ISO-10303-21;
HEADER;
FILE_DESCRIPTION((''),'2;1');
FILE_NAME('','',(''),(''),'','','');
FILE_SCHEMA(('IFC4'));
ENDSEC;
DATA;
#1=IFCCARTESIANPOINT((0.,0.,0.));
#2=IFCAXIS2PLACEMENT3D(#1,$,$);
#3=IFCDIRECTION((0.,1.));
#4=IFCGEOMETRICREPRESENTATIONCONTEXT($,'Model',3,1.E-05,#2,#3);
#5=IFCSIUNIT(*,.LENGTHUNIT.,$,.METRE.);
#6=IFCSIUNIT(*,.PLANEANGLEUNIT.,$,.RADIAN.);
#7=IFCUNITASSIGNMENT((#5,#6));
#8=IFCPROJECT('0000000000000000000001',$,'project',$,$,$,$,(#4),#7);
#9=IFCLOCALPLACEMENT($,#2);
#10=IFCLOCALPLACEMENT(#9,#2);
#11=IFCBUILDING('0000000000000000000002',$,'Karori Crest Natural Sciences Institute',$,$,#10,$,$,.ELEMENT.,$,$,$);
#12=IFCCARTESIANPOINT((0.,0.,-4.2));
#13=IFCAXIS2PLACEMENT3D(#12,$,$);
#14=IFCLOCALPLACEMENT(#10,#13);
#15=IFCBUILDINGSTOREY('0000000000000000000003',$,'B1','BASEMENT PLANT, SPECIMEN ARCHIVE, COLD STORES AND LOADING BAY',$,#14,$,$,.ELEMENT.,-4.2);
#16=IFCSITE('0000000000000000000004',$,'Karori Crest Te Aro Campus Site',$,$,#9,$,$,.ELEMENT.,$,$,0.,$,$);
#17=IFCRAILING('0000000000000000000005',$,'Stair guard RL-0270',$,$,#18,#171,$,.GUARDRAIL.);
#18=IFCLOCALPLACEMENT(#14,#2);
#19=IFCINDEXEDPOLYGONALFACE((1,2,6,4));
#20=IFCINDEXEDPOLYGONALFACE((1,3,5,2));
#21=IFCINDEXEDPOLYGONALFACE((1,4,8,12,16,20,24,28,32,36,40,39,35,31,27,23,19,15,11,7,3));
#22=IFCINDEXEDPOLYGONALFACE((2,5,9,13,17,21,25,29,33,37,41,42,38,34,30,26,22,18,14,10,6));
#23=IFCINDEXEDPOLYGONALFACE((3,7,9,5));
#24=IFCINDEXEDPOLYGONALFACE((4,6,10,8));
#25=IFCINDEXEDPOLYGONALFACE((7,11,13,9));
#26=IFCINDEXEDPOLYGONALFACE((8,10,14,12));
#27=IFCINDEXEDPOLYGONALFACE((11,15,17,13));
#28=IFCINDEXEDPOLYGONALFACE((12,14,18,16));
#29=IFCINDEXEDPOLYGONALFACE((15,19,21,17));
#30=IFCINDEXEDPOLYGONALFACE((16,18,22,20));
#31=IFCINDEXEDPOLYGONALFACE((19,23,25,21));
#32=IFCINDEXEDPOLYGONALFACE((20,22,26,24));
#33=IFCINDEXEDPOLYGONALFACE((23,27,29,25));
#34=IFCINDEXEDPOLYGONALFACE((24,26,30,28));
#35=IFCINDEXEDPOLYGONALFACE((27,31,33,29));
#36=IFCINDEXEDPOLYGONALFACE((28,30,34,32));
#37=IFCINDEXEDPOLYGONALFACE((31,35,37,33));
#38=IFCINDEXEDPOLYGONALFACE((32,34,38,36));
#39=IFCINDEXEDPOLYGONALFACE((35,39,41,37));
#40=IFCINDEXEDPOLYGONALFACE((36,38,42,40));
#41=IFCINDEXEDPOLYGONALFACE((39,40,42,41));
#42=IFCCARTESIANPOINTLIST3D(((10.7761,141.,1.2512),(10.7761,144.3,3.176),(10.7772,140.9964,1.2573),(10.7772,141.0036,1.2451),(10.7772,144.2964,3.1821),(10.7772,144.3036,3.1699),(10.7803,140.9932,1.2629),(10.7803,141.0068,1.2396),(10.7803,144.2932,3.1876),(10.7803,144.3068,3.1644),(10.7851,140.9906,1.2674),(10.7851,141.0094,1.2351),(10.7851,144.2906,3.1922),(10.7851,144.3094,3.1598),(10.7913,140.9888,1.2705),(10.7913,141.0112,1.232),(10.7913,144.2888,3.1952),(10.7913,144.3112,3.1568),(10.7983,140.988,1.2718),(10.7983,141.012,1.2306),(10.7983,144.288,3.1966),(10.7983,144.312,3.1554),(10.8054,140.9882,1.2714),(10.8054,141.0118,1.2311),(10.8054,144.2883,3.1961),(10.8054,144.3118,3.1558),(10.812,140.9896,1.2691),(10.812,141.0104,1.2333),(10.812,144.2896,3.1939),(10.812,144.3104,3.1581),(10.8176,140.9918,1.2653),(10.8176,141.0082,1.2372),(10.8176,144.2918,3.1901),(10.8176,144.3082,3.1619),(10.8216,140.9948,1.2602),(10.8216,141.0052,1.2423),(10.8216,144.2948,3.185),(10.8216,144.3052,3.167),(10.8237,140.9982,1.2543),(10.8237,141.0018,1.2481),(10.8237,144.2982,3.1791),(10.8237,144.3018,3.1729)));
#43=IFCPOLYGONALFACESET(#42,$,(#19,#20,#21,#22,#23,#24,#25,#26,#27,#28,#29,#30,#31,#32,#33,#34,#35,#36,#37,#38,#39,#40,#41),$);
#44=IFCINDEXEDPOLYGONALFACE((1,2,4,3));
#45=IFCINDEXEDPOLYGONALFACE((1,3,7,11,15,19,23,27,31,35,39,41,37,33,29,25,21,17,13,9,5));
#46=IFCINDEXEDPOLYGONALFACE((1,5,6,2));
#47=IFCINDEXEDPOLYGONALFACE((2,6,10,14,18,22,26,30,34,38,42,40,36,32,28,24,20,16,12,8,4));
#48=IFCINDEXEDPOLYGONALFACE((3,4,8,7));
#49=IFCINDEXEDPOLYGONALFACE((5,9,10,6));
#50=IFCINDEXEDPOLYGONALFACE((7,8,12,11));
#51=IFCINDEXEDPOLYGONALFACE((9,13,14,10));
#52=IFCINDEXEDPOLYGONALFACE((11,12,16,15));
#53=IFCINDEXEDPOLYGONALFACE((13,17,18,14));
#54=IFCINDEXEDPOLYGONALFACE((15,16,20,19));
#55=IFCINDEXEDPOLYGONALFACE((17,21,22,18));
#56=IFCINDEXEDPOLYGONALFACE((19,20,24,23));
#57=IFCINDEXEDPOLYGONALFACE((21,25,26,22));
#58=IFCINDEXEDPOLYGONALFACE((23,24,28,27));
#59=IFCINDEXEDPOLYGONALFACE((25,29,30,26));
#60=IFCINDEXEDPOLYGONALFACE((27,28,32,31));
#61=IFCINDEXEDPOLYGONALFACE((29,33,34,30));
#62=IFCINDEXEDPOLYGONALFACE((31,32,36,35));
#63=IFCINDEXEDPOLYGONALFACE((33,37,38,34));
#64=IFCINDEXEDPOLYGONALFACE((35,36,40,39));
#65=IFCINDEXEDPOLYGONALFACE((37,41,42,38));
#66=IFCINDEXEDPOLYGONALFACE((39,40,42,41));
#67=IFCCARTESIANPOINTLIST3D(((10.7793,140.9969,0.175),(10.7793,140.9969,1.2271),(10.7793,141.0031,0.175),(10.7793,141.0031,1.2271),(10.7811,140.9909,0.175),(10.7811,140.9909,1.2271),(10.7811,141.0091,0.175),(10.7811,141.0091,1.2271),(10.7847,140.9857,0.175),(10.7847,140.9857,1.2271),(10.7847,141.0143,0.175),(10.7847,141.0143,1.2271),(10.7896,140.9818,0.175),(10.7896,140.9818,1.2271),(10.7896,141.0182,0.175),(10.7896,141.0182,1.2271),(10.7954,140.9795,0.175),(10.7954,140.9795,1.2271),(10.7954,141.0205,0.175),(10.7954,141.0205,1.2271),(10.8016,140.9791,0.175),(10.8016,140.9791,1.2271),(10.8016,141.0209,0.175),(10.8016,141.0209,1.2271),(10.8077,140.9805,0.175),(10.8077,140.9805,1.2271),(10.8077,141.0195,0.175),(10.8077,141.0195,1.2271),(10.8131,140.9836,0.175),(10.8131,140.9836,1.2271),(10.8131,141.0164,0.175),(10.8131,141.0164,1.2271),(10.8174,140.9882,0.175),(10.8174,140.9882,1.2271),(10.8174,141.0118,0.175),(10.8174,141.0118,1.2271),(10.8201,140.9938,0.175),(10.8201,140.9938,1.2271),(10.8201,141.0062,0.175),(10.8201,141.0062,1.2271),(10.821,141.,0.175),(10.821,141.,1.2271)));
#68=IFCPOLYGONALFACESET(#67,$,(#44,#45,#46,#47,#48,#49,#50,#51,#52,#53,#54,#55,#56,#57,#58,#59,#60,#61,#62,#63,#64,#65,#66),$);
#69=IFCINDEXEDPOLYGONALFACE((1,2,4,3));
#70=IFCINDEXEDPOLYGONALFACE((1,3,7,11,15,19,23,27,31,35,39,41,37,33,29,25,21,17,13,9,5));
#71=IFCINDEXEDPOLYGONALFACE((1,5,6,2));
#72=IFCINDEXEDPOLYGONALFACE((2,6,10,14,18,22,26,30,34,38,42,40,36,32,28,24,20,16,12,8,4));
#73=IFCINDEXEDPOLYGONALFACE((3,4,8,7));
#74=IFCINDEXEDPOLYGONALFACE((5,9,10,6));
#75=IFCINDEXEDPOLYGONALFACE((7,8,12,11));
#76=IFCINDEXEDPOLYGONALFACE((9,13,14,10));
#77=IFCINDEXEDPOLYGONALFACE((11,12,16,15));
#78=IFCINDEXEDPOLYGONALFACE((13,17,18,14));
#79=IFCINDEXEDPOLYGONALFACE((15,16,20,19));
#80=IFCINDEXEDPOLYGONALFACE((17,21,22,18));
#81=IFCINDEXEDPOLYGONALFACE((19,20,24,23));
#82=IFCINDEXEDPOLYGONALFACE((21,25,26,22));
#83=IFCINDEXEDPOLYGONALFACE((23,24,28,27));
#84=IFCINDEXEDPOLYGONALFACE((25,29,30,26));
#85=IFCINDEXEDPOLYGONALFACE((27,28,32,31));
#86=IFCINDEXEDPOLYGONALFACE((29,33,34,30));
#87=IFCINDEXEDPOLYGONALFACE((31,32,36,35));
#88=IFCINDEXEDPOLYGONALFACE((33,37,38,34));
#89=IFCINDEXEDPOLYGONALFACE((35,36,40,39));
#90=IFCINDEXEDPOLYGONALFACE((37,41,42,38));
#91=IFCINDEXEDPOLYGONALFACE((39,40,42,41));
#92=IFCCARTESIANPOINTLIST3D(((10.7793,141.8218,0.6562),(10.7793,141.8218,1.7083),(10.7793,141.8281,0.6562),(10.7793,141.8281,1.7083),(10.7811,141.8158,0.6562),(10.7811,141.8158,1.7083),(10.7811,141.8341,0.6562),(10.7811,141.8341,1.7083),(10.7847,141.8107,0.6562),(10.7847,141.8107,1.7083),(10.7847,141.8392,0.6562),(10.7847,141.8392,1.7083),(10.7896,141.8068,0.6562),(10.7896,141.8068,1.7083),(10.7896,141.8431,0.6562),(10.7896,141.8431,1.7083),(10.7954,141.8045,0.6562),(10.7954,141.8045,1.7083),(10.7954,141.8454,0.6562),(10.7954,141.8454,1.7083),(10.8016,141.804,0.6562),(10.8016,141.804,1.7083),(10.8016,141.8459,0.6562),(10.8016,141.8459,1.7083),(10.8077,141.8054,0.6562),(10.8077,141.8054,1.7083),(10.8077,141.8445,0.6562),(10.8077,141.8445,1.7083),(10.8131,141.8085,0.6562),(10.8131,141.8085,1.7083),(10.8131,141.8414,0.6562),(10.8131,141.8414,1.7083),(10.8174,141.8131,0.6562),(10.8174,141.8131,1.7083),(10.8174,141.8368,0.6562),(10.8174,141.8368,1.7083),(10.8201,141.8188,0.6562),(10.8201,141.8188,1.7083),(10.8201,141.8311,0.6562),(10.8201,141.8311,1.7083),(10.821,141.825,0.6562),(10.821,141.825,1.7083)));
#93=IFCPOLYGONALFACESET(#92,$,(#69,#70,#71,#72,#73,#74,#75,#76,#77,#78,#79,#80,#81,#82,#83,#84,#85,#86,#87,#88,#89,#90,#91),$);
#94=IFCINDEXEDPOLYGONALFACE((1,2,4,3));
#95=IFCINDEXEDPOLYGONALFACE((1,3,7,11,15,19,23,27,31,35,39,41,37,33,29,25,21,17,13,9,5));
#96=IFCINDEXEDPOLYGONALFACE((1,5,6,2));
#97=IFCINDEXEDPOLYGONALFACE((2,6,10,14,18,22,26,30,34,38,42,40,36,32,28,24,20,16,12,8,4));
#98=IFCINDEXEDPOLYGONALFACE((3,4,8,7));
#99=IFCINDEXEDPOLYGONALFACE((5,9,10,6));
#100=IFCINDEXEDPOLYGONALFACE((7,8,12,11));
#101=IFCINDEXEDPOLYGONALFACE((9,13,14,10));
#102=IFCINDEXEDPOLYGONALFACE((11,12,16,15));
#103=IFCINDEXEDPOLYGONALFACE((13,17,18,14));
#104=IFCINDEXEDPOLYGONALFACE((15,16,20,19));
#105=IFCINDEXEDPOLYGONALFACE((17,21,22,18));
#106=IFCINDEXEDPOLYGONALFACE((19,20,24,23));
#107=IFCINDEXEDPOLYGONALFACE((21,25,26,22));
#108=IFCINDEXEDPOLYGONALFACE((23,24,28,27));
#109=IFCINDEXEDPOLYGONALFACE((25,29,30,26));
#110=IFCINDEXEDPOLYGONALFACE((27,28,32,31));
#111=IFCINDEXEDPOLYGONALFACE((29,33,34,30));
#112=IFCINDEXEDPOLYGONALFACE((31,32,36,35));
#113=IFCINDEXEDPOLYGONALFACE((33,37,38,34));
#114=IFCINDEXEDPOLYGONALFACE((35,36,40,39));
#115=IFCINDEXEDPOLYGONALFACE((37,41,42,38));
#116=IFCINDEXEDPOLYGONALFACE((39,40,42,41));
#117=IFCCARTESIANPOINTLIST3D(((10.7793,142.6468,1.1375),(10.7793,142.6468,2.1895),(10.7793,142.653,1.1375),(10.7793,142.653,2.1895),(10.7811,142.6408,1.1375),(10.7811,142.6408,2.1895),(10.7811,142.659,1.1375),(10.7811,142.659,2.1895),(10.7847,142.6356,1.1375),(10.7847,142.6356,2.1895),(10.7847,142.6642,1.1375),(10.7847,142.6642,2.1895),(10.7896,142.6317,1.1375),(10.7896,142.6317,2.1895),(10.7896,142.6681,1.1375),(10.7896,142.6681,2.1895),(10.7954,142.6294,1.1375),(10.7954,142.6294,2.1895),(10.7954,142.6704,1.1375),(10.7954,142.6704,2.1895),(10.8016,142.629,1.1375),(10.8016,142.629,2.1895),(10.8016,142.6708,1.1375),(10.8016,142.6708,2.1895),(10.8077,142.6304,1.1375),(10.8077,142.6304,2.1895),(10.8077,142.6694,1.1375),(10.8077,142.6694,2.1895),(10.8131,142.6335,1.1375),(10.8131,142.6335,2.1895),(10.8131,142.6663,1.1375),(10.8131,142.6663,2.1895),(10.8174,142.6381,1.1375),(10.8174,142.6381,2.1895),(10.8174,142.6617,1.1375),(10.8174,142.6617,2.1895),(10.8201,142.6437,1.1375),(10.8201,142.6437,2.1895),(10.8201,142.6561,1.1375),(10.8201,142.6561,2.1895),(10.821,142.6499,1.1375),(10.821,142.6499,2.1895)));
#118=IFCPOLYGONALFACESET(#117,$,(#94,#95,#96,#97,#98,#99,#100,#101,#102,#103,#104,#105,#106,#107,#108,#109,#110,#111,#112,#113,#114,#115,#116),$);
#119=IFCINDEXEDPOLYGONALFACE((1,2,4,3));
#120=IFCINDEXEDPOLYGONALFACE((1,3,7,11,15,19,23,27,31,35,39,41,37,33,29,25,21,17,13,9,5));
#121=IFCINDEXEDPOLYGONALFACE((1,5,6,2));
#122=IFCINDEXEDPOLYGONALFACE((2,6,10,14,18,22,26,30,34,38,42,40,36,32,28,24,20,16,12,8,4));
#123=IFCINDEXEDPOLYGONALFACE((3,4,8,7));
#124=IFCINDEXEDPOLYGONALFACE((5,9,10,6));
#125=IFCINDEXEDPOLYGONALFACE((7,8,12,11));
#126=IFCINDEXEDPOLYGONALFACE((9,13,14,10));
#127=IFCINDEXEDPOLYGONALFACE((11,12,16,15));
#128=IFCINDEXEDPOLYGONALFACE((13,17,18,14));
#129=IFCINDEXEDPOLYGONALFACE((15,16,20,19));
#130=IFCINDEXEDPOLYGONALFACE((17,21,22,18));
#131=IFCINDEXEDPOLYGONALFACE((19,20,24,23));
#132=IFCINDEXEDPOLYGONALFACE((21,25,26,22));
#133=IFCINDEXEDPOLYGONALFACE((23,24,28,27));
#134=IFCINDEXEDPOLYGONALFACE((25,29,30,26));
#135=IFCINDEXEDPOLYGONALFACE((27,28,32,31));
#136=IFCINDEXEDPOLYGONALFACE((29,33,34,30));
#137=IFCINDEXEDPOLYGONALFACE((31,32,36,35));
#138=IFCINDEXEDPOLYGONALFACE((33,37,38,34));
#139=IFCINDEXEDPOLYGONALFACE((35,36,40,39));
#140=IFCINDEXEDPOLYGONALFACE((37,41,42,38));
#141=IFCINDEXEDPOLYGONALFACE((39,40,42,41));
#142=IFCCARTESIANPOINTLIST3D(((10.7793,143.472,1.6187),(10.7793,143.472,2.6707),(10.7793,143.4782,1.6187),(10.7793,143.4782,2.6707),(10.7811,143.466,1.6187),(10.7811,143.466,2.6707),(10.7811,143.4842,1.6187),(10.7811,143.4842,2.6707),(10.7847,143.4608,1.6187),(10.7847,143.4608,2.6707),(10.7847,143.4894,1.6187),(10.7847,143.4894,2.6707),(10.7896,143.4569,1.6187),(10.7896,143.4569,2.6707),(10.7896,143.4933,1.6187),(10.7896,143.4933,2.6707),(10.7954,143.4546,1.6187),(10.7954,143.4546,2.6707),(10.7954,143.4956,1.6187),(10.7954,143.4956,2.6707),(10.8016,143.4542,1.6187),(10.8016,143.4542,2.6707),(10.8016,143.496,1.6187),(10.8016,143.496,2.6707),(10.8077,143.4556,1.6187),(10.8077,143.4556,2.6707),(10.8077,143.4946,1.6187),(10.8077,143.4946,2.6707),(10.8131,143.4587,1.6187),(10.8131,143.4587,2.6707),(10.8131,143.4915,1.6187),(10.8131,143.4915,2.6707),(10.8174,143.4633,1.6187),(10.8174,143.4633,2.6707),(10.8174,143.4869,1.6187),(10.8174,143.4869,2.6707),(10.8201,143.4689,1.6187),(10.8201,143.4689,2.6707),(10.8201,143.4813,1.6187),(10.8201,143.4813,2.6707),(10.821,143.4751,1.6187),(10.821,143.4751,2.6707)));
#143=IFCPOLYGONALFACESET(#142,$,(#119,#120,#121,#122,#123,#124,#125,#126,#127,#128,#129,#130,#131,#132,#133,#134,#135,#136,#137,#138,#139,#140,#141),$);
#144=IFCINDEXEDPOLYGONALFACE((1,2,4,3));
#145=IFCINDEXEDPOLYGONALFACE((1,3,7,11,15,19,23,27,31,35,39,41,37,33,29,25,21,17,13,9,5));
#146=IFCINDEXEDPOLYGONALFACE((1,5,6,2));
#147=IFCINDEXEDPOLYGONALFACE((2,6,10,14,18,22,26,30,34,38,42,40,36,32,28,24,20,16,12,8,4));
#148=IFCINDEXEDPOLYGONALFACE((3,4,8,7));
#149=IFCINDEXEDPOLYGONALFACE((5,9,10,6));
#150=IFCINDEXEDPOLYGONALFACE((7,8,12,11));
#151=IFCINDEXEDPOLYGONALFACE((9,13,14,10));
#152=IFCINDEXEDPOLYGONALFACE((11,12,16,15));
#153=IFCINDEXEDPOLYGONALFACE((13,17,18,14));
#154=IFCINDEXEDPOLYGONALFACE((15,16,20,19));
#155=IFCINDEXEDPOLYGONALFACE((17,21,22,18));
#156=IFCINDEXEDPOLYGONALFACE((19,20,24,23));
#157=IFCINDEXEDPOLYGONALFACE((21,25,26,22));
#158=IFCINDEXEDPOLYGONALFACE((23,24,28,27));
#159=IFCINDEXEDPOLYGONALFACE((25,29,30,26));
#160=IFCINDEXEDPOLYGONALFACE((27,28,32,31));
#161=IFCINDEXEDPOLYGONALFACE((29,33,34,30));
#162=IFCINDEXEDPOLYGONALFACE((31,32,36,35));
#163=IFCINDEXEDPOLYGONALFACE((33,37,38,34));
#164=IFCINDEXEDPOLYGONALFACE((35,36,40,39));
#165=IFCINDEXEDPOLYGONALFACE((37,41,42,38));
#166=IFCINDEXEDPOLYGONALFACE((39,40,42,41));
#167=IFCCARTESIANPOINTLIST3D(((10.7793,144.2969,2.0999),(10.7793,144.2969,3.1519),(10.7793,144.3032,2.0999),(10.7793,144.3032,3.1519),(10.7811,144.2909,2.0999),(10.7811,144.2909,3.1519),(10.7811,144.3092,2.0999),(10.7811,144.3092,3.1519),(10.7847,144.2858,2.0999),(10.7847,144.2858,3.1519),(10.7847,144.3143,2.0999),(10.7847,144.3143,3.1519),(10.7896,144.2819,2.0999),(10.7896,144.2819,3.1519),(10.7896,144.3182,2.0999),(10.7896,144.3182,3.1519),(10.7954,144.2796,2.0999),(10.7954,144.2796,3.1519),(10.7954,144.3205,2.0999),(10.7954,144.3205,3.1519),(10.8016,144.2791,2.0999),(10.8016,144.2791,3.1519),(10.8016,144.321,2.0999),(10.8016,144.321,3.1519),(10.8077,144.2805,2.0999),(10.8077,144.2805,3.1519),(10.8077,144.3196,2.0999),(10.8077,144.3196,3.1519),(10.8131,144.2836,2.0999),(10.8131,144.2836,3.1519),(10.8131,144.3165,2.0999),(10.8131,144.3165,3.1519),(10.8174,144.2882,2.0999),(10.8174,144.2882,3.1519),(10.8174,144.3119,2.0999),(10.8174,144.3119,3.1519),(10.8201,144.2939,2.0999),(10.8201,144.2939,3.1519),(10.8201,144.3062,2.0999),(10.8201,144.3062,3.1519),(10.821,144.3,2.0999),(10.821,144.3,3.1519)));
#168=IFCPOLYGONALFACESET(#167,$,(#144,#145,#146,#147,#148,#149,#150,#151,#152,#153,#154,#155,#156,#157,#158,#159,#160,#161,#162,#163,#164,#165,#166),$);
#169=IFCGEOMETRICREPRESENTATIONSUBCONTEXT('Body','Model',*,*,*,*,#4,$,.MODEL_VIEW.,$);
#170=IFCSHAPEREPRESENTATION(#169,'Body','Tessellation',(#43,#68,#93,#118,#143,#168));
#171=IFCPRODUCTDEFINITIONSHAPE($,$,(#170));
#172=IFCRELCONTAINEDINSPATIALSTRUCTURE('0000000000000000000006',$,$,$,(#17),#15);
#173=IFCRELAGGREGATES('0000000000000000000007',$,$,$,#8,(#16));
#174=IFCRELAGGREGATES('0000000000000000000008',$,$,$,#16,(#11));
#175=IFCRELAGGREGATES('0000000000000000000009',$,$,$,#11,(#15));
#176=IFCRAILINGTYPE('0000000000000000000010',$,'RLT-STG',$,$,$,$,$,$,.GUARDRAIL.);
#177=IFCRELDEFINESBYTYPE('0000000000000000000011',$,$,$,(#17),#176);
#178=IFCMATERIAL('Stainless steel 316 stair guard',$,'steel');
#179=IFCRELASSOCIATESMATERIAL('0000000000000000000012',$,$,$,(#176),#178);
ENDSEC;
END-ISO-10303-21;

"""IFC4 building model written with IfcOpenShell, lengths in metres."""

from ifc_helpers import new_model, si_unit, direction, frame, origin, origin_2d, place, context, subcontext, project, spatial, circle, extrude, material, type_object, element, save


model = new_model("IFC4")

# Units and contexts
model_context = context("Model", 3, precision=1e-05, world=origin(), true_north=direction((0.0, 1.0)))
body_context = subcontext(model_context, "Body", "Model", "MODEL_VIEW")
ifc_project = project(units=[si_unit("LENGTHUNIT", "METRE"), si_unit("PLANEANGLEUNIT", "RADIAN")], contexts=[model_context])

# Site, building, storey
site_placement = place(None, origin())
site = spatial("IfcSite", under=ifc_project, at=site_placement, Name="Karori Crest Te Aro Campus Site", CompositionType="ELEMENT", RefElevation=0.0)
building_placement = place(site_placement, origin())
building = spatial("IfcBuilding", under=site, at=building_placement, Name="Karori Crest Natural Sciences Institute", CompositionType="ELEMENT")
storey_placement = place(building_placement, frame((0.0, 0.0, -4.2)))
storey = spatial("IfcBuildingStorey", under=building, at=storey_placement, Name="B1", Description="BASEMENT PLANT, SPECIMEN ARCHIVE, COLD STORES AND LOADING BAY", CompositionType="ELEMENT", Elevation=-4.2)

# Railing
ifc_material_1 = material(Name="Stainless steel 316 stair guard", Category="steel")
railing_type_1 = type_object("IfcRailingType", Name="RLT-STG", PredefinedType="GUARDRAIL", material=ifc_material_1)
railing_1_placement = place(storey_placement, frame((10.8, 141.0, 0.175)))
element("IfcRailing", 1, at=railing_1_placement, inside=storey, type_object=railing_type_1, Name="Stair guard RL-0270", PredefinedType="GUARDRAIL", context=body_context, shape_type="SweptSolid", body=[
    extrude(circle(Radius=0.0239, at=origin_2d()), frame((0.0, 0.0, 1.0762), z_axis=(0.0, 0.863804, 0.503827), x_axis=(-1.0, 0.0, 0.0)), (0.0, 0.0, 1.0), 3.8203),
    extrude(circle(Radius=0.021, at=origin_2d()), origin(), (0.0, 0.0, 1.0), 1.052),
    extrude(circle(Radius=0.021, at=origin_2d()), frame((0.0, 0.825, 0.4812)), (0.0, 0.0, 1.0), 1.052),
    extrude(circle(Radius=0.021, at=origin_2d()), frame((0.0, 1.6499, 0.9624)), (0.0, 0.0, 1.0), 1.052),
    extrude(circle(Radius=0.021, at=origin_2d()), frame((0.0, 2.4751, 1.4436)), (0.0, 0.0, 1.0), 1.052),
    extrude(circle(Radius=0.021, at=origin_2d()), frame((0.0, 3.3, 1.9248)), (0.0, 0.0, 1.0), 1.052),
])

save(model, "model.ifc")
